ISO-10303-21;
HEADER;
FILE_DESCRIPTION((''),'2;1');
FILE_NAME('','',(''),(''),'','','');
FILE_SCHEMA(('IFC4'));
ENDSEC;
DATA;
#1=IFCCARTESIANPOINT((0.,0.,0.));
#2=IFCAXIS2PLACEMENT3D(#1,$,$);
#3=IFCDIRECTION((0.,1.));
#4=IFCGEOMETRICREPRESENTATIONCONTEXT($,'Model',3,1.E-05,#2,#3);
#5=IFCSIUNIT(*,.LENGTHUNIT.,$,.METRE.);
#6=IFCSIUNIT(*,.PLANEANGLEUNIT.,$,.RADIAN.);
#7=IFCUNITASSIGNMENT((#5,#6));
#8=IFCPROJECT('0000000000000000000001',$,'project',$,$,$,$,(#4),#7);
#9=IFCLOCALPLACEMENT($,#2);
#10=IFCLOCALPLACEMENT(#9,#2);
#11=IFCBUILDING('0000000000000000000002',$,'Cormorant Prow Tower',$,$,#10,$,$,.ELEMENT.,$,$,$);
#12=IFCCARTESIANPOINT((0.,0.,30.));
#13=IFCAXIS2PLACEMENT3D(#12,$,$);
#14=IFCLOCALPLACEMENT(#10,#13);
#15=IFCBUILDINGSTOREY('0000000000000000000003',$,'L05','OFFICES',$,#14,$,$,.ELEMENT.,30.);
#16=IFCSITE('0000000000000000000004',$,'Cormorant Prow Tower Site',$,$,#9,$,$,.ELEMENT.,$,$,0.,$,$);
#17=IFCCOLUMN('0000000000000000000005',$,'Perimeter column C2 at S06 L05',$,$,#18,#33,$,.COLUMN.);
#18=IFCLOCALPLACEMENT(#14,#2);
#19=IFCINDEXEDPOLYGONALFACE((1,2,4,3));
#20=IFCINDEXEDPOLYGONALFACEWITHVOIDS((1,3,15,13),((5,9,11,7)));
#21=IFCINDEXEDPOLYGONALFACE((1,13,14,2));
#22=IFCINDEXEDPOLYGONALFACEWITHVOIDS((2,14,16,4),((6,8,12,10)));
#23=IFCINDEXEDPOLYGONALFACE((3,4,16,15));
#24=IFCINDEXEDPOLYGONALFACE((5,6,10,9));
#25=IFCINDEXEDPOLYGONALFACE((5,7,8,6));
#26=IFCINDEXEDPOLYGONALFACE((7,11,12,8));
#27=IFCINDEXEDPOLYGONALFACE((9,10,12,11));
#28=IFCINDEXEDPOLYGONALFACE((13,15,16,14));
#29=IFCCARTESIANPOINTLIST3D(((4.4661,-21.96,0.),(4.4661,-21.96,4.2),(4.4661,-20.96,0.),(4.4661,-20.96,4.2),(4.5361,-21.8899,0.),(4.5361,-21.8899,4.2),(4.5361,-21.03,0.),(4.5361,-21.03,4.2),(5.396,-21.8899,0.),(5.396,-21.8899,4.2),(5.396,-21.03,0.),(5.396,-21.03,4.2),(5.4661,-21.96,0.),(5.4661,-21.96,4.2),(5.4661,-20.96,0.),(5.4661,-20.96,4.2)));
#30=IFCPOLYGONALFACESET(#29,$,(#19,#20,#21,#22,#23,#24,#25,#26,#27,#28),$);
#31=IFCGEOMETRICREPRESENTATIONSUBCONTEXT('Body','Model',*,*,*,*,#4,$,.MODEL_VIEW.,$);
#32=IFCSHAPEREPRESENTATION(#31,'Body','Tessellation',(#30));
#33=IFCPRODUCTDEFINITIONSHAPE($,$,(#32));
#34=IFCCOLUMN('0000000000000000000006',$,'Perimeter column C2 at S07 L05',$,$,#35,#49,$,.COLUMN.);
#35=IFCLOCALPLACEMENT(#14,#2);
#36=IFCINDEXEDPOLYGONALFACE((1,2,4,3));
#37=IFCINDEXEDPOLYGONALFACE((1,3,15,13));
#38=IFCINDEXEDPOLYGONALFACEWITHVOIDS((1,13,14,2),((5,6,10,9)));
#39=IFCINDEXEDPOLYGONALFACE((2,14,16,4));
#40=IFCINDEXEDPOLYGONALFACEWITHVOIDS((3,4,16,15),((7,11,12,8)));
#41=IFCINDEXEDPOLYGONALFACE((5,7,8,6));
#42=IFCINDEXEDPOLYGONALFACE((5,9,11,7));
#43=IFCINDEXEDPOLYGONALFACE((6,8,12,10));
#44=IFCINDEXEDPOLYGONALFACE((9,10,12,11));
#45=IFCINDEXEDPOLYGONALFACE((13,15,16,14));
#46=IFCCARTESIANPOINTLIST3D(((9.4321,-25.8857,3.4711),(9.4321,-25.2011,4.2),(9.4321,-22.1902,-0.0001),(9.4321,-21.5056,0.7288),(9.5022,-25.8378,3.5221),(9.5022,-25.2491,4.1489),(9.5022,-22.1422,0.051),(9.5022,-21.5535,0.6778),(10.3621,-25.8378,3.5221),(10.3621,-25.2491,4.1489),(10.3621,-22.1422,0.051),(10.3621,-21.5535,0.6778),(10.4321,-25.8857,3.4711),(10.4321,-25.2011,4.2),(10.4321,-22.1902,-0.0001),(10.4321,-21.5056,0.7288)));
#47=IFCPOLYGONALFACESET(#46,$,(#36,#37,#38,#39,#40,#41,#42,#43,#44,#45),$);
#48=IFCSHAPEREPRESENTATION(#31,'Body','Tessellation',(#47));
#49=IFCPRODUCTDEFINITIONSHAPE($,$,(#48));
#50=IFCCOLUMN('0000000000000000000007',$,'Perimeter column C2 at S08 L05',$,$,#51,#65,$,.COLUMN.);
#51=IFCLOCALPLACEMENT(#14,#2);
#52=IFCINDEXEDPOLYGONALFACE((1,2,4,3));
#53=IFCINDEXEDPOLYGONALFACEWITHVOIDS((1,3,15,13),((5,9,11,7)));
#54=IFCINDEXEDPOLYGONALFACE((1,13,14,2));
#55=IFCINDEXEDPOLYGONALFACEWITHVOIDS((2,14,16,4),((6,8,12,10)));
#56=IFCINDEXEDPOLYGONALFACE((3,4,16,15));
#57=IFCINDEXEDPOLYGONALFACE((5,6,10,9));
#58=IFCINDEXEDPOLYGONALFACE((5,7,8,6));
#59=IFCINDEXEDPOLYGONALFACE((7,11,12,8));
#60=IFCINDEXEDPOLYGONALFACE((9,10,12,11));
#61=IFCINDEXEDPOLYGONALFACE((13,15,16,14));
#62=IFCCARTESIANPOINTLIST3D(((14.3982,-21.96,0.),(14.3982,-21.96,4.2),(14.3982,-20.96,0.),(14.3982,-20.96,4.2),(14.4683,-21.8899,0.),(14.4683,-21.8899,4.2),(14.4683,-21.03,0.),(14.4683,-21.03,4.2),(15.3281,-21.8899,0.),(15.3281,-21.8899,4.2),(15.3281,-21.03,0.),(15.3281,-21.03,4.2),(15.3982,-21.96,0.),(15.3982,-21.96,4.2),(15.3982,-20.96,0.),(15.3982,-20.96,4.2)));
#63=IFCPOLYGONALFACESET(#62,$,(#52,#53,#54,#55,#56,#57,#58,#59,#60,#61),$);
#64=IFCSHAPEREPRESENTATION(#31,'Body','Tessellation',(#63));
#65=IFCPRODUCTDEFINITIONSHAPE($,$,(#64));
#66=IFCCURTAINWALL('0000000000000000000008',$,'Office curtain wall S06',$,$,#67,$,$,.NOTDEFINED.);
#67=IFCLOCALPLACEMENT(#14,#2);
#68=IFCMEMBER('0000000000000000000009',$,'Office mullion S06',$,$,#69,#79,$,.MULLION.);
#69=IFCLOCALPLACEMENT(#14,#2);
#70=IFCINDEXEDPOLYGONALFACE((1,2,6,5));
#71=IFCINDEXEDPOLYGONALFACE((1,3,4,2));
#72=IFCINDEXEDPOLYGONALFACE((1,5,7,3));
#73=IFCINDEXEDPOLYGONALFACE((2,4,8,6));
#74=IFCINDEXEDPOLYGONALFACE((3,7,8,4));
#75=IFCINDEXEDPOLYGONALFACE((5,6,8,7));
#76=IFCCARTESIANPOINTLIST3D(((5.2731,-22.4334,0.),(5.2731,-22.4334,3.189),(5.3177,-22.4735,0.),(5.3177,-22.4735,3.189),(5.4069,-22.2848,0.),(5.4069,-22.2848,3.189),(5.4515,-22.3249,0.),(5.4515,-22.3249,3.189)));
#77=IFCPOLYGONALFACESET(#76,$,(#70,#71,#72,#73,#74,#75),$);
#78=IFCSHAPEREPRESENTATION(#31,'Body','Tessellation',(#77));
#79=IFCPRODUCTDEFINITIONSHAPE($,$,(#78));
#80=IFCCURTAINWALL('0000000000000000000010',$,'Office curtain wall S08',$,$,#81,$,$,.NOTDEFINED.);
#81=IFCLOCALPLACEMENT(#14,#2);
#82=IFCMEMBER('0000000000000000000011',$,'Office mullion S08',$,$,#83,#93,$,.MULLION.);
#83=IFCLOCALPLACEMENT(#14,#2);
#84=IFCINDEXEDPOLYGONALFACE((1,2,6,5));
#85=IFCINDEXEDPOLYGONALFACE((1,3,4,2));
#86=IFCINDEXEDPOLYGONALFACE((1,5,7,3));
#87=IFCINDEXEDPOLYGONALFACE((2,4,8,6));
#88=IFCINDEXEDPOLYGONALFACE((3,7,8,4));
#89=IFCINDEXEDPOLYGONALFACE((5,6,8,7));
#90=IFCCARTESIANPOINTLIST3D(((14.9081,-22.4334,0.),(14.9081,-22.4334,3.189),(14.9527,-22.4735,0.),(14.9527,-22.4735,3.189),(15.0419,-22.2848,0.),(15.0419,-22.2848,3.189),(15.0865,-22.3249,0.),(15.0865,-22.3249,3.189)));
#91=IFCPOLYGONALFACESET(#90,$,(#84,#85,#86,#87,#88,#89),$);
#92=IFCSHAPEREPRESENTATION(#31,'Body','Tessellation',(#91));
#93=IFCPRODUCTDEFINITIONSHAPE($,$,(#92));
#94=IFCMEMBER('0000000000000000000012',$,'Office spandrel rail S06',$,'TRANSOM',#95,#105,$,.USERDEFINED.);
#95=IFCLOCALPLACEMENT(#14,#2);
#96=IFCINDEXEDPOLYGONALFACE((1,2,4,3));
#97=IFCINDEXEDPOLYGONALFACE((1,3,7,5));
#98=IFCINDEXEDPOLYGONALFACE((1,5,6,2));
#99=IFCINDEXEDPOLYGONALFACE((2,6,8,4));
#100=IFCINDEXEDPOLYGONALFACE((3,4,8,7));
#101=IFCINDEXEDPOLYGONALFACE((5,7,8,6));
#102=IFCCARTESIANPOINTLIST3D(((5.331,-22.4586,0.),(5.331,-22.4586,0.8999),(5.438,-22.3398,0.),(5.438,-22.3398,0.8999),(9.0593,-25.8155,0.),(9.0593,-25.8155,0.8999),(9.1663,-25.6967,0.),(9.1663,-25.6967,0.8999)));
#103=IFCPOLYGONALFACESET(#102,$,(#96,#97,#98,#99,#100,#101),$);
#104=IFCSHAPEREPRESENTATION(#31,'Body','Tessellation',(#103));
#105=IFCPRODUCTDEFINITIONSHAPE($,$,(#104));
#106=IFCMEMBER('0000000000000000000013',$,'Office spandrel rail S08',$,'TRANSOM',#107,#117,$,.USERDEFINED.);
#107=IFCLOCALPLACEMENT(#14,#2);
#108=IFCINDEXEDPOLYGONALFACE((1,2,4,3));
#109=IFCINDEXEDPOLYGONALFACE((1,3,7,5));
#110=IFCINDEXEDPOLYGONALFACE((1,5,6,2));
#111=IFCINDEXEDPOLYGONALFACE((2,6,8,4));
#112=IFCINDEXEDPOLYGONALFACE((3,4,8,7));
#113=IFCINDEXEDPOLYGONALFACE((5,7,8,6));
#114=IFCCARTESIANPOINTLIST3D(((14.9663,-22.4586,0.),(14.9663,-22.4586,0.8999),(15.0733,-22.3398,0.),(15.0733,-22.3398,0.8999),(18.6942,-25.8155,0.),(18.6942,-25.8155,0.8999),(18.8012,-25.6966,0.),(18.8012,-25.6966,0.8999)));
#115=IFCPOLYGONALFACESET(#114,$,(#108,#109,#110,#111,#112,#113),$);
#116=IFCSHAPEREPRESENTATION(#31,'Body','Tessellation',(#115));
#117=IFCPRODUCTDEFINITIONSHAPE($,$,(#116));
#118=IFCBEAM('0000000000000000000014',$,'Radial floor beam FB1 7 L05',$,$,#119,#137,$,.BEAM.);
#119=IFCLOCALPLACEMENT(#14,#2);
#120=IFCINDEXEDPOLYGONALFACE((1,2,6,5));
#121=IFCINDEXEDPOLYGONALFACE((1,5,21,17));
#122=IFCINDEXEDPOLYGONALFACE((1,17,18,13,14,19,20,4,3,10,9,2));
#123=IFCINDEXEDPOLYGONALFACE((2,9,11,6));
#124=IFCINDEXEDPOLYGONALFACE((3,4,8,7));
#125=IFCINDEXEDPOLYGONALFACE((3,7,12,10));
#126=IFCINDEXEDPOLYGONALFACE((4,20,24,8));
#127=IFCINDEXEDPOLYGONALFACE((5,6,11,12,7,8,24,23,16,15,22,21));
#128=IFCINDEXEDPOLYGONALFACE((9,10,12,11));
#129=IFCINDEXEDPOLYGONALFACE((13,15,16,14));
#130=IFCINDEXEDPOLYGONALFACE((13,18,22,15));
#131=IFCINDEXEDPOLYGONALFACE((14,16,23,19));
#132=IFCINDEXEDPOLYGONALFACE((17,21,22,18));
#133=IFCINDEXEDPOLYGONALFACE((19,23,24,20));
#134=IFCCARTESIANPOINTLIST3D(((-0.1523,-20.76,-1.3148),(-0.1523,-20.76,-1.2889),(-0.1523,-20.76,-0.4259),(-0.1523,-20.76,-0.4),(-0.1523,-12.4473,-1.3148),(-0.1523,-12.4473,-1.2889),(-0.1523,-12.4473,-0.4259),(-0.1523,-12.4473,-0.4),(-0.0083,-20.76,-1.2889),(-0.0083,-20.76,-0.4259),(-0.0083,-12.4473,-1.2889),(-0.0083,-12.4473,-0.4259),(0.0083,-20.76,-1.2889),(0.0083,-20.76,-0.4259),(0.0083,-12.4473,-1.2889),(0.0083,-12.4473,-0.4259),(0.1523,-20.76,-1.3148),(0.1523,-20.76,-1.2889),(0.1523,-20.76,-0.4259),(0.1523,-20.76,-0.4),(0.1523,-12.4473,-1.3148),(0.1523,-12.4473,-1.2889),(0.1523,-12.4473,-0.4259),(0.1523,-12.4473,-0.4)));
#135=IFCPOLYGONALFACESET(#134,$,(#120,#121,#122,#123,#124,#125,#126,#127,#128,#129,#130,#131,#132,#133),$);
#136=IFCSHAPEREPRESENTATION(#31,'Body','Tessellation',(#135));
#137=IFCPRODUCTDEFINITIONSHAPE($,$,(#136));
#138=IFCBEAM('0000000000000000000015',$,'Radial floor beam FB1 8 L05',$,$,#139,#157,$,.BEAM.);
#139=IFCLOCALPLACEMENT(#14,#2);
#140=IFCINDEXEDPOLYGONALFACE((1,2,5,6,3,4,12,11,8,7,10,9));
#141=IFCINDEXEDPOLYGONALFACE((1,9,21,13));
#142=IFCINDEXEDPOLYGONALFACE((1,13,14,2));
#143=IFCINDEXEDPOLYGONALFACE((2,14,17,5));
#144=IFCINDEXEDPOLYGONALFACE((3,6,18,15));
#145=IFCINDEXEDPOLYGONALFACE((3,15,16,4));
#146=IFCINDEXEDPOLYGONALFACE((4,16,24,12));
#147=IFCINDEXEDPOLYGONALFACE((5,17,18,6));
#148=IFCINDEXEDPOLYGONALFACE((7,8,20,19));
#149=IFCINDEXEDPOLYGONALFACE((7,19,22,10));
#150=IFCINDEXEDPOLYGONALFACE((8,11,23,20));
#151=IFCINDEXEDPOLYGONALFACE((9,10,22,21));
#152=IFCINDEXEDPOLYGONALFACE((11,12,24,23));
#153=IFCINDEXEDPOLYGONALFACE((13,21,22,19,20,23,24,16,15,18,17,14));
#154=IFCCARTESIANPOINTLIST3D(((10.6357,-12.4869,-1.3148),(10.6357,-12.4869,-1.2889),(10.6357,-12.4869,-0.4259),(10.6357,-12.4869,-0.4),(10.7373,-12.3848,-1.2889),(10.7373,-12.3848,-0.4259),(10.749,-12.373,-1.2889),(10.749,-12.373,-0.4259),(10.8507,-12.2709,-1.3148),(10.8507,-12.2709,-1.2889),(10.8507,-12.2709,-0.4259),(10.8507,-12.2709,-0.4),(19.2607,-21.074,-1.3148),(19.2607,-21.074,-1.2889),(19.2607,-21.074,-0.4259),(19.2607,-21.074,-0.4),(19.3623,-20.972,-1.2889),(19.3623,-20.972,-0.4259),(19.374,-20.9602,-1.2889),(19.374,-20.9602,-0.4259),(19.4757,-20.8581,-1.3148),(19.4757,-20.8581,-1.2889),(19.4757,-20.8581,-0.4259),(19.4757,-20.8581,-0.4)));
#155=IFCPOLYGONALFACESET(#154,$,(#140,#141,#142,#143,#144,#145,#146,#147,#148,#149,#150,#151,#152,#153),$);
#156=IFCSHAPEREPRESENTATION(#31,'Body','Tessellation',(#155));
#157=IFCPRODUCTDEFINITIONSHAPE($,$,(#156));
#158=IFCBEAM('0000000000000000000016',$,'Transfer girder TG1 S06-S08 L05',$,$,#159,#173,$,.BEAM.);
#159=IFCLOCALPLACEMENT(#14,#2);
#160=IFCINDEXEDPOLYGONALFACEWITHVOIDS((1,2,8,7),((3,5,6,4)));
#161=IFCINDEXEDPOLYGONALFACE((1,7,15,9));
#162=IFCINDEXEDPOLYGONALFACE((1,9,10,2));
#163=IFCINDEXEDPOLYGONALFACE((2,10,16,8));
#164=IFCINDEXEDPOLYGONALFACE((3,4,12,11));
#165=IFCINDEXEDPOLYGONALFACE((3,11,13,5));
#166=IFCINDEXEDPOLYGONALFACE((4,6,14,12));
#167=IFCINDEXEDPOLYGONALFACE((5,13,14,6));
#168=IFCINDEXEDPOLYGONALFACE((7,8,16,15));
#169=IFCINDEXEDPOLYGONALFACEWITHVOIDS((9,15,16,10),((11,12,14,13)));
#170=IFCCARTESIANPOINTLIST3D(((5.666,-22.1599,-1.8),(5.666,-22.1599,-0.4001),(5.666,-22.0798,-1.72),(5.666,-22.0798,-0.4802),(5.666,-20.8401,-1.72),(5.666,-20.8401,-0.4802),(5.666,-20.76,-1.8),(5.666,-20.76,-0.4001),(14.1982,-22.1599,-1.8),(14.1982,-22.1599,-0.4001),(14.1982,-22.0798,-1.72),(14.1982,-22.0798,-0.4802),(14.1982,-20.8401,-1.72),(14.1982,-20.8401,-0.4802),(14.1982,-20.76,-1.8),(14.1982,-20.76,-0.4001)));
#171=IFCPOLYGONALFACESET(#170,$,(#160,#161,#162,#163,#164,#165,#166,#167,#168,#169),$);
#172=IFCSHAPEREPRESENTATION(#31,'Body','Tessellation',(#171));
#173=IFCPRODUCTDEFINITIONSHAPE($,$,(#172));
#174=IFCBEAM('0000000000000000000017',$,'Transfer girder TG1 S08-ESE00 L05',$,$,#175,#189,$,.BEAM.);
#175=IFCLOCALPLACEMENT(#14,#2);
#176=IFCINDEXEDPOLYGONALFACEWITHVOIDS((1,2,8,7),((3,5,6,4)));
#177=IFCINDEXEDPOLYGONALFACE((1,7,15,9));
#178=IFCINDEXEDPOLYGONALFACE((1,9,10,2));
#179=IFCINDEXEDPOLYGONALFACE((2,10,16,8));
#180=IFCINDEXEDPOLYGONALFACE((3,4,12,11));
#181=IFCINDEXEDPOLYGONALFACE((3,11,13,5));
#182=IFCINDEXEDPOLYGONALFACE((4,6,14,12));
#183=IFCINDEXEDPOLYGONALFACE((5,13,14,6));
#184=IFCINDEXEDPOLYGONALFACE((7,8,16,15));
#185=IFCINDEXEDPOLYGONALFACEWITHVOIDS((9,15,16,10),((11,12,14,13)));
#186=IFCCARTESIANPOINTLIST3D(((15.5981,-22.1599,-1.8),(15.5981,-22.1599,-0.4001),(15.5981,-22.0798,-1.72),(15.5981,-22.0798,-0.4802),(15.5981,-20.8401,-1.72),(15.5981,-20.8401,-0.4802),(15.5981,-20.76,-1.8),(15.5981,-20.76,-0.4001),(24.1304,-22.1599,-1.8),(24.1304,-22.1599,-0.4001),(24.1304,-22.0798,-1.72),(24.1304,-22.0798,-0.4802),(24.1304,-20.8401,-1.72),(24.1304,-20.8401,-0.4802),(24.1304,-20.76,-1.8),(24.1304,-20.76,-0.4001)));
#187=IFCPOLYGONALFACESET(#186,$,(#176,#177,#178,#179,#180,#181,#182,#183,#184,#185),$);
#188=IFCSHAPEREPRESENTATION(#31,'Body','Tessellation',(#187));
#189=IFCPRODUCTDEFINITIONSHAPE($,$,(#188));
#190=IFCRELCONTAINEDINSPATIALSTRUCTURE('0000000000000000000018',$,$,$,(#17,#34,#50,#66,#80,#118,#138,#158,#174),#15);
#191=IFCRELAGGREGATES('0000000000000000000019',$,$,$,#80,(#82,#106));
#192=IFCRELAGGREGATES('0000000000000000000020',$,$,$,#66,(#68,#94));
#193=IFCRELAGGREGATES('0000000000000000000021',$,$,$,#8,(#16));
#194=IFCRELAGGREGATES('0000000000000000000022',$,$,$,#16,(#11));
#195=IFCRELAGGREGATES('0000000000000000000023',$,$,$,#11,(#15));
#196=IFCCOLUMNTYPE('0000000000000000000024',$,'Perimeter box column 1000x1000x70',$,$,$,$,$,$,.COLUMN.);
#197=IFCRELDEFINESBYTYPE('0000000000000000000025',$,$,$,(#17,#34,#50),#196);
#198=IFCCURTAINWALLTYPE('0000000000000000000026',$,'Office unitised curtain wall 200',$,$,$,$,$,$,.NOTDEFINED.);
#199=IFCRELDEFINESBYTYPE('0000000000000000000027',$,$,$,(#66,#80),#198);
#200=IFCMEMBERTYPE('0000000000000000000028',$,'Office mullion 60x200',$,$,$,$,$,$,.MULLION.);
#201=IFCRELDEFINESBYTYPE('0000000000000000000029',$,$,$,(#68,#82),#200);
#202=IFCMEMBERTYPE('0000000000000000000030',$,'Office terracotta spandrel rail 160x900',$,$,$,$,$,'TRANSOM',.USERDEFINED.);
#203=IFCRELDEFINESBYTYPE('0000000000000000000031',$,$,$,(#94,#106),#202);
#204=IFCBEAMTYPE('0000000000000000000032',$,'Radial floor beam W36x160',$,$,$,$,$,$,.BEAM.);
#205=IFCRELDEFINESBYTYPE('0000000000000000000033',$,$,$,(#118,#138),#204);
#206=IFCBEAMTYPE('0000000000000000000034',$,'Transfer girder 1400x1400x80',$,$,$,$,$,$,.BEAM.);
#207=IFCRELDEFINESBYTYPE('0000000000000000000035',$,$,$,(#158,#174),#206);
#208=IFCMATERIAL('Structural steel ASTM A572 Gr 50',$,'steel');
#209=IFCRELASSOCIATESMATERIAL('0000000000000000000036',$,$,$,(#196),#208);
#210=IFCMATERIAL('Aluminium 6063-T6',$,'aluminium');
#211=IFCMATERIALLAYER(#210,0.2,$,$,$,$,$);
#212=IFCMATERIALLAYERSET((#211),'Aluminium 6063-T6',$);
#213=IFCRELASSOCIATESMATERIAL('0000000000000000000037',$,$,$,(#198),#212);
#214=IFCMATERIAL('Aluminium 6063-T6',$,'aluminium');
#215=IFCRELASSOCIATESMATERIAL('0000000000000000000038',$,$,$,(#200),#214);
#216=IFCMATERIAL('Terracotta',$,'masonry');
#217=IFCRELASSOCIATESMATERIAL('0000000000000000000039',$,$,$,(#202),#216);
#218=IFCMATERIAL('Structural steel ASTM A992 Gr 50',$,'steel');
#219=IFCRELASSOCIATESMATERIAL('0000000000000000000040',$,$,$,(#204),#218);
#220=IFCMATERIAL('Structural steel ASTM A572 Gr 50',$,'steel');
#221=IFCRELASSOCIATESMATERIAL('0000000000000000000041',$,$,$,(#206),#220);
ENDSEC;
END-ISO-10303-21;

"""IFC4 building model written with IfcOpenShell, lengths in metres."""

from ifc_helpers import new_model, si_unit, direction, frame, origin, origin_2d, place, context, subcontext, project, spatial, rectangle, hollow_rectangle, i_section, extrude, material, layer, layer_set, material_profile, profile_set, type_object, element, aggregate, save


model = new_model("IFC4")

# Units and contexts
model_context = context("Model", 3, precision=1e-05, world=origin(), true_north=direction((0.0, 1.0)))
body_context = subcontext(model_context, "Body", "Model", "MODEL_VIEW")
ifc_project = project(units=[si_unit("LENGTHUNIT", "METRE"), si_unit("PLANEANGLEUNIT", "RADIAN")], contexts=[model_context])

# Site, building, storey
site_placement = place(None, origin())
site = spatial("IfcSite", under=ifc_project, at=site_placement, Name="Cormorant Prow Tower Site", CompositionType="ELEMENT", RefElevation=0.0)
building_placement = place(site_placement, origin())
building = spatial("IfcBuilding", under=site, at=building_placement, Name="Cormorant Prow Tower", CompositionType="ELEMENT")
storey_placement = place(building_placement, frame((0.0, 0.0, 30.0)))
storey = spatial("IfcBuildingStorey", under=building, at=storey_placement, Name="L05", Description="OFFICES", CompositionType="ELEMENT", Elevation=30.0)

# Columns
ifc_material_1 = material(Name="Structural steel ASTM A572 Gr 50", Category="steel")
ifc_material_profile_1 = material_profile(ifc_material_1, hollow_rectangle(XDim=1.0, YDim=1.0, WallThickness=0.0701, at=origin_2d()), Name="Box 1000x1000x70")
ifc_profile_set_1 = profile_set([ifc_material_profile_1], Name="Structural steel ASTM A572 Gr 50")
column_type = type_object("IfcColumnType", Name="Perimeter box column 1000x1000x70", PredefinedType="COLUMN", material=ifc_profile_set_1)
column_1_placement = place(storey_placement, frame((4.9661, -21.46, 0.0), z_axis=(0.0, 0.0, 1.0), x_axis=(1.0, 0.0, 0.0)))
element("IfcColumn", 1, at=column_1_placement, inside=storey, type_object=column_type, Name="Perimeter column C2 at S06 L05", PredefinedType="COLUMN", context=body_context, shape_type="SweptSolid", body=[
    extrude(hollow_rectangle(XDim=1.0, YDim=1.0, WallThickness=0.0701, at=origin_2d()), origin(), (0.0, 0.0, 1.0), 4.2),
])
column_2_placement = place(storey_placement, frame((9.9321, -21.46, 0.0), z_axis=(0.0, -0.728888, 0.684633), x_axis=(1.0, 0.0, 0.0)))
element("IfcColumn", 2, at=column_2_placement, inside=storey, type_object=column_type, Name="Perimeter column C2 at S07 L05", PredefinedType="COLUMN", context=body_context, shape_type="SweptSolid", body=[
    extrude(hollow_rectangle(XDim=1.0, YDim=1.0, WallThickness=0.0701, at=origin_2d()), frame((0.0, 0.0, 0.5322)), (0.0, 0.0, 1.0), 5.0701),
])
column_3_placement = place(storey_placement, frame((14.8982, -21.46, 0.0), z_axis=(0.0, 0.0, 1.0), x_axis=(1.0, 0.0, 0.0)))
element("IfcColumn", 3, at=column_3_placement, inside=storey, type_object=column_type, Name="Perimeter column C2 at S08 L05", PredefinedType="COLUMN", context=body_context, shape_type="SweptSolid", body=[
    extrude(hollow_rectangle(XDim=1.0, YDim=1.0, WallThickness=0.0701, at=origin_2d()), origin(), (0.0, 0.0, 1.0), 4.2),
])

# Curtain walls, members
ifc_material_2 = material(Name="Aluminium 6063-T6", Category="aluminium")
ifc_layer_1 = layer(ifc_material_2, 0.2)
ifc_layer_set_1 = layer_set([ifc_layer_1], Name="Aluminium 6063-T6")
curtain_wall_type = type_object("IfcCurtainWallType", Name="Office unitised curtain wall 200", PredefinedType="NOTDEFINED", material=ifc_layer_set_1)
curtain_wall_1_placement = place(storey_placement, origin())
curtain_wall_1 = element("IfcCurtainWall", 4, at=curtain_wall_1_placement, inside=storey, type_object=curtain_wall_type, Name="Office curtain wall S06", PredefinedType="NOTDEFINED")
ifc_material_3 = material(Name="Aluminium 6063-T6", Category="aluminium")
ifc_material_profile_2 = material_profile(ifc_material_3, rectangle(XDim=0.2, YDim=0.0601, at=origin_2d()), Name="Office mullion 60x200")
ifc_profile_set_2 = profile_set([ifc_material_profile_2], Name="Aluminium 6063-T6")
member_type_1 = type_object("IfcMemberType", Name="Office mullion 60x200", PredefinedType="MULLION", material=ifc_profile_set_2)
member_1_placement = place(storey_placement, frame((5.3623, -22.3792, 0.0), z_axis=(0.0, 0.0, 1.0), x_axis=(0.669131, 0.743145, 0.0)))
member_1 = element("IfcMember", 5, at=member_1_placement, type_object=member_type_1, Name="Office mullion S06", PredefinedType="MULLION", context=body_context, shape_type="SweptSolid", body=[
    extrude(rectangle(XDim=0.2, YDim=0.0601, at=origin_2d()), origin(), (0.0, 0.0, 1.0), 3.189),
])
curtain_wall_2_placement = place(storey_placement, origin())
curtain_wall_2 = element("IfcCurtainWall", 6, at=curtain_wall_2_placement, inside=storey, type_object=curtain_wall_type, Name="Office curtain wall S08", PredefinedType="NOTDEFINED")
member_2_placement = place(storey_placement, frame((14.9973, -22.3792, 0.0), z_axis=(0.0, 0.0, 1.0), x_axis=(0.669131, 0.743145, 0.0)))
member_2 = element("IfcMember", 7, at=member_2_placement, type_object=member_type_1, Name="Office mullion S08", PredefinedType="MULLION", context=body_context, shape_type="SweptSolid", body=[
    extrude(rectangle(XDim=0.2, YDim=0.0601, at=origin_2d()), origin(), (0.0, 0.0, 1.0), 3.189),
])

# Members
ifc_material_4 = material(Name="Terracotta", Category="masonry")
ifc_material_profile_3 = material_profile(ifc_material_4, rectangle(XDim=0.1599, YDim=0.8999, at=origin_2d()), Name="Office terracotta spandrel rail 160x900")
ifc_profile_set_3 = profile_set([ifc_material_profile_3], Name="Terracotta")
member_type_2 = type_object("IfcMemberType", Name="Office terracotta spandrel rail 160x900", ElementType="TRANSOM", PredefinedType="USERDEFINED", material=ifc_profile_set_3)
member_3_placement = place(storey_placement, frame((5.3845, -22.3992, 0.45), z_axis=(0.743147, -0.669129, 0.0), x_axis=(0.669129, 0.743147, 0.0)))
member_3 = element("IfcMember", 8, at=member_3_placement, type_object=member_type_2, Name="Office spandrel rail S06", ObjectType="TRANSOM", PredefinedType="USERDEFINED", context=body_context, shape_type="SweptSolid", body=[
    extrude(rectangle(XDim=0.1599, YDim=0.8999, at=origin_2d()), origin(), (0.0, 0.0, 1.0), 5.0168),
])
member_4_placement = place(storey_placement, frame((15.0198, -22.3992, 0.45), z_axis=(0.743125, -0.669153, 0.0), x_axis=(0.669153, 0.743125, 0.0)))
member_4 = element("IfcMember", 9, at=member_4_placement, type_object=member_type_2, Name="Office spandrel rail S08", ObjectType="TRANSOM", PredefinedType="USERDEFINED", context=body_context, shape_type="SweptSolid", body=[
    extrude(rectangle(XDim=0.1599, YDim=0.8999, at=origin_2d()), origin(), (0.0, 0.0, 1.0), 5.0166),
])
aggregate(curtain_wall_2, [member_2, member_4])

# Beams
ifc_material_5 = material(Name="Structural steel ASTM A992 Gr 50", Category="steel")
ifc_material_profile_4 = material_profile(ifc_material_5, i_section(OverallWidth=0.3047, OverallDepth=0.9148, WebThickness=0.0166, FlangeThickness=0.0259, at=origin_2d()), Name="W36x160")
ifc_profile_set_4 = profile_set([ifc_material_profile_4], Name="Structural steel ASTM A992 Gr 50")
beam_type_1 = type_object("IfcBeamType", Name="Radial floor beam W36x160", PredefinedType="BEAM", material=ifc_profile_set_4)
beam_1_placement = place(storey_placement, frame((0.0, -12.4473, -0.8574), z_axis=(0.0, -1.0, 0.0), x_axis=(1.0, 0.0, 0.0)))
element("IfcBeam", 10, at=beam_1_placement, inside=storey, type_object=beam_type_1, Name="Radial floor beam FB1 7 L05", PredefinedType="BEAM", context=body_context, shape_type="SweptSolid", body=[
    extrude(i_section(OverallWidth=0.3047, OverallDepth=0.9148, WebThickness=0.0166, FlangeThickness=0.0259, at=origin_2d()), origin(), (0.0, 0.0, 1.0), 8.3127),
])
beam_2_placement = place(storey_placement, frame((10.7432, -12.3789, -0.8574), z_axis=(0.70866, -0.70555, 0.0), x_axis=(0.70555, 0.70866, 0.0)))
element("IfcBeam", 11, at=beam_2_placement, inside=storey, type_object=beam_type_1, Name="Radial floor beam FB1 8 L05", PredefinedType="BEAM", context=body_context, shape_type="SweptSolid", body=[
    extrude(i_section(OverallWidth=0.3047, OverallDepth=0.9148, WebThickness=0.0166, FlangeThickness=0.0259, at=origin_2d()), origin(), (0.0, 0.0, 1.0), 12.1709),
])
ifc_material_6 = material(Name="Structural steel ASTM A572 Gr 50", Category="steel")
ifc_material_profile_5 = material_profile(ifc_material_6, hollow_rectangle(XDim=1.3999, YDim=1.3999, WallThickness=0.0801, at=origin_2d()), Name="Box 1400x1400x80")
ifc_profile_set_5 = profile_set([ifc_material_profile_5], Name="Structural steel ASTM A572 Gr 50")
beam_type_2 = type_object("IfcBeamType", Name="Transfer girder 1400x1400x80", PredefinedType="BEAM", material=ifc_profile_set_5)
for number, where, z_axis, x_axis, name in (
    (12, (5.666, -21.46, -1.1001), (1.0, 0.0, 0.0), (0.0, 1.0, 0.0), "Transfer girder TG1 S06-S08 L05"),
    (13, (15.5981, -21.46, -1.1001), (1.0, 0.0, 0.0), (0.0, 1.0, 0.0), "Transfer girder TG1 S08-ESE00 L05"),
):
    element("IfcBeam", number, at=place(storey_placement, frame(where, z_axis=z_axis, x_axis=x_axis)), inside=storey, type_object=beam_type_2, Name=name, PredefinedType="BEAM", context=body_context, shape_type="SweptSolid", body=[
        extrude(hollow_rectangle(XDim=1.3999, YDim=1.3999, WallThickness=0.0801, at=origin_2d()), origin(), (0.0, 0.0, 1.0), 8.5322),
    ])

aggregate(curtain_wall_1, [member_1, member_3])

save(model, "model.ifc")
